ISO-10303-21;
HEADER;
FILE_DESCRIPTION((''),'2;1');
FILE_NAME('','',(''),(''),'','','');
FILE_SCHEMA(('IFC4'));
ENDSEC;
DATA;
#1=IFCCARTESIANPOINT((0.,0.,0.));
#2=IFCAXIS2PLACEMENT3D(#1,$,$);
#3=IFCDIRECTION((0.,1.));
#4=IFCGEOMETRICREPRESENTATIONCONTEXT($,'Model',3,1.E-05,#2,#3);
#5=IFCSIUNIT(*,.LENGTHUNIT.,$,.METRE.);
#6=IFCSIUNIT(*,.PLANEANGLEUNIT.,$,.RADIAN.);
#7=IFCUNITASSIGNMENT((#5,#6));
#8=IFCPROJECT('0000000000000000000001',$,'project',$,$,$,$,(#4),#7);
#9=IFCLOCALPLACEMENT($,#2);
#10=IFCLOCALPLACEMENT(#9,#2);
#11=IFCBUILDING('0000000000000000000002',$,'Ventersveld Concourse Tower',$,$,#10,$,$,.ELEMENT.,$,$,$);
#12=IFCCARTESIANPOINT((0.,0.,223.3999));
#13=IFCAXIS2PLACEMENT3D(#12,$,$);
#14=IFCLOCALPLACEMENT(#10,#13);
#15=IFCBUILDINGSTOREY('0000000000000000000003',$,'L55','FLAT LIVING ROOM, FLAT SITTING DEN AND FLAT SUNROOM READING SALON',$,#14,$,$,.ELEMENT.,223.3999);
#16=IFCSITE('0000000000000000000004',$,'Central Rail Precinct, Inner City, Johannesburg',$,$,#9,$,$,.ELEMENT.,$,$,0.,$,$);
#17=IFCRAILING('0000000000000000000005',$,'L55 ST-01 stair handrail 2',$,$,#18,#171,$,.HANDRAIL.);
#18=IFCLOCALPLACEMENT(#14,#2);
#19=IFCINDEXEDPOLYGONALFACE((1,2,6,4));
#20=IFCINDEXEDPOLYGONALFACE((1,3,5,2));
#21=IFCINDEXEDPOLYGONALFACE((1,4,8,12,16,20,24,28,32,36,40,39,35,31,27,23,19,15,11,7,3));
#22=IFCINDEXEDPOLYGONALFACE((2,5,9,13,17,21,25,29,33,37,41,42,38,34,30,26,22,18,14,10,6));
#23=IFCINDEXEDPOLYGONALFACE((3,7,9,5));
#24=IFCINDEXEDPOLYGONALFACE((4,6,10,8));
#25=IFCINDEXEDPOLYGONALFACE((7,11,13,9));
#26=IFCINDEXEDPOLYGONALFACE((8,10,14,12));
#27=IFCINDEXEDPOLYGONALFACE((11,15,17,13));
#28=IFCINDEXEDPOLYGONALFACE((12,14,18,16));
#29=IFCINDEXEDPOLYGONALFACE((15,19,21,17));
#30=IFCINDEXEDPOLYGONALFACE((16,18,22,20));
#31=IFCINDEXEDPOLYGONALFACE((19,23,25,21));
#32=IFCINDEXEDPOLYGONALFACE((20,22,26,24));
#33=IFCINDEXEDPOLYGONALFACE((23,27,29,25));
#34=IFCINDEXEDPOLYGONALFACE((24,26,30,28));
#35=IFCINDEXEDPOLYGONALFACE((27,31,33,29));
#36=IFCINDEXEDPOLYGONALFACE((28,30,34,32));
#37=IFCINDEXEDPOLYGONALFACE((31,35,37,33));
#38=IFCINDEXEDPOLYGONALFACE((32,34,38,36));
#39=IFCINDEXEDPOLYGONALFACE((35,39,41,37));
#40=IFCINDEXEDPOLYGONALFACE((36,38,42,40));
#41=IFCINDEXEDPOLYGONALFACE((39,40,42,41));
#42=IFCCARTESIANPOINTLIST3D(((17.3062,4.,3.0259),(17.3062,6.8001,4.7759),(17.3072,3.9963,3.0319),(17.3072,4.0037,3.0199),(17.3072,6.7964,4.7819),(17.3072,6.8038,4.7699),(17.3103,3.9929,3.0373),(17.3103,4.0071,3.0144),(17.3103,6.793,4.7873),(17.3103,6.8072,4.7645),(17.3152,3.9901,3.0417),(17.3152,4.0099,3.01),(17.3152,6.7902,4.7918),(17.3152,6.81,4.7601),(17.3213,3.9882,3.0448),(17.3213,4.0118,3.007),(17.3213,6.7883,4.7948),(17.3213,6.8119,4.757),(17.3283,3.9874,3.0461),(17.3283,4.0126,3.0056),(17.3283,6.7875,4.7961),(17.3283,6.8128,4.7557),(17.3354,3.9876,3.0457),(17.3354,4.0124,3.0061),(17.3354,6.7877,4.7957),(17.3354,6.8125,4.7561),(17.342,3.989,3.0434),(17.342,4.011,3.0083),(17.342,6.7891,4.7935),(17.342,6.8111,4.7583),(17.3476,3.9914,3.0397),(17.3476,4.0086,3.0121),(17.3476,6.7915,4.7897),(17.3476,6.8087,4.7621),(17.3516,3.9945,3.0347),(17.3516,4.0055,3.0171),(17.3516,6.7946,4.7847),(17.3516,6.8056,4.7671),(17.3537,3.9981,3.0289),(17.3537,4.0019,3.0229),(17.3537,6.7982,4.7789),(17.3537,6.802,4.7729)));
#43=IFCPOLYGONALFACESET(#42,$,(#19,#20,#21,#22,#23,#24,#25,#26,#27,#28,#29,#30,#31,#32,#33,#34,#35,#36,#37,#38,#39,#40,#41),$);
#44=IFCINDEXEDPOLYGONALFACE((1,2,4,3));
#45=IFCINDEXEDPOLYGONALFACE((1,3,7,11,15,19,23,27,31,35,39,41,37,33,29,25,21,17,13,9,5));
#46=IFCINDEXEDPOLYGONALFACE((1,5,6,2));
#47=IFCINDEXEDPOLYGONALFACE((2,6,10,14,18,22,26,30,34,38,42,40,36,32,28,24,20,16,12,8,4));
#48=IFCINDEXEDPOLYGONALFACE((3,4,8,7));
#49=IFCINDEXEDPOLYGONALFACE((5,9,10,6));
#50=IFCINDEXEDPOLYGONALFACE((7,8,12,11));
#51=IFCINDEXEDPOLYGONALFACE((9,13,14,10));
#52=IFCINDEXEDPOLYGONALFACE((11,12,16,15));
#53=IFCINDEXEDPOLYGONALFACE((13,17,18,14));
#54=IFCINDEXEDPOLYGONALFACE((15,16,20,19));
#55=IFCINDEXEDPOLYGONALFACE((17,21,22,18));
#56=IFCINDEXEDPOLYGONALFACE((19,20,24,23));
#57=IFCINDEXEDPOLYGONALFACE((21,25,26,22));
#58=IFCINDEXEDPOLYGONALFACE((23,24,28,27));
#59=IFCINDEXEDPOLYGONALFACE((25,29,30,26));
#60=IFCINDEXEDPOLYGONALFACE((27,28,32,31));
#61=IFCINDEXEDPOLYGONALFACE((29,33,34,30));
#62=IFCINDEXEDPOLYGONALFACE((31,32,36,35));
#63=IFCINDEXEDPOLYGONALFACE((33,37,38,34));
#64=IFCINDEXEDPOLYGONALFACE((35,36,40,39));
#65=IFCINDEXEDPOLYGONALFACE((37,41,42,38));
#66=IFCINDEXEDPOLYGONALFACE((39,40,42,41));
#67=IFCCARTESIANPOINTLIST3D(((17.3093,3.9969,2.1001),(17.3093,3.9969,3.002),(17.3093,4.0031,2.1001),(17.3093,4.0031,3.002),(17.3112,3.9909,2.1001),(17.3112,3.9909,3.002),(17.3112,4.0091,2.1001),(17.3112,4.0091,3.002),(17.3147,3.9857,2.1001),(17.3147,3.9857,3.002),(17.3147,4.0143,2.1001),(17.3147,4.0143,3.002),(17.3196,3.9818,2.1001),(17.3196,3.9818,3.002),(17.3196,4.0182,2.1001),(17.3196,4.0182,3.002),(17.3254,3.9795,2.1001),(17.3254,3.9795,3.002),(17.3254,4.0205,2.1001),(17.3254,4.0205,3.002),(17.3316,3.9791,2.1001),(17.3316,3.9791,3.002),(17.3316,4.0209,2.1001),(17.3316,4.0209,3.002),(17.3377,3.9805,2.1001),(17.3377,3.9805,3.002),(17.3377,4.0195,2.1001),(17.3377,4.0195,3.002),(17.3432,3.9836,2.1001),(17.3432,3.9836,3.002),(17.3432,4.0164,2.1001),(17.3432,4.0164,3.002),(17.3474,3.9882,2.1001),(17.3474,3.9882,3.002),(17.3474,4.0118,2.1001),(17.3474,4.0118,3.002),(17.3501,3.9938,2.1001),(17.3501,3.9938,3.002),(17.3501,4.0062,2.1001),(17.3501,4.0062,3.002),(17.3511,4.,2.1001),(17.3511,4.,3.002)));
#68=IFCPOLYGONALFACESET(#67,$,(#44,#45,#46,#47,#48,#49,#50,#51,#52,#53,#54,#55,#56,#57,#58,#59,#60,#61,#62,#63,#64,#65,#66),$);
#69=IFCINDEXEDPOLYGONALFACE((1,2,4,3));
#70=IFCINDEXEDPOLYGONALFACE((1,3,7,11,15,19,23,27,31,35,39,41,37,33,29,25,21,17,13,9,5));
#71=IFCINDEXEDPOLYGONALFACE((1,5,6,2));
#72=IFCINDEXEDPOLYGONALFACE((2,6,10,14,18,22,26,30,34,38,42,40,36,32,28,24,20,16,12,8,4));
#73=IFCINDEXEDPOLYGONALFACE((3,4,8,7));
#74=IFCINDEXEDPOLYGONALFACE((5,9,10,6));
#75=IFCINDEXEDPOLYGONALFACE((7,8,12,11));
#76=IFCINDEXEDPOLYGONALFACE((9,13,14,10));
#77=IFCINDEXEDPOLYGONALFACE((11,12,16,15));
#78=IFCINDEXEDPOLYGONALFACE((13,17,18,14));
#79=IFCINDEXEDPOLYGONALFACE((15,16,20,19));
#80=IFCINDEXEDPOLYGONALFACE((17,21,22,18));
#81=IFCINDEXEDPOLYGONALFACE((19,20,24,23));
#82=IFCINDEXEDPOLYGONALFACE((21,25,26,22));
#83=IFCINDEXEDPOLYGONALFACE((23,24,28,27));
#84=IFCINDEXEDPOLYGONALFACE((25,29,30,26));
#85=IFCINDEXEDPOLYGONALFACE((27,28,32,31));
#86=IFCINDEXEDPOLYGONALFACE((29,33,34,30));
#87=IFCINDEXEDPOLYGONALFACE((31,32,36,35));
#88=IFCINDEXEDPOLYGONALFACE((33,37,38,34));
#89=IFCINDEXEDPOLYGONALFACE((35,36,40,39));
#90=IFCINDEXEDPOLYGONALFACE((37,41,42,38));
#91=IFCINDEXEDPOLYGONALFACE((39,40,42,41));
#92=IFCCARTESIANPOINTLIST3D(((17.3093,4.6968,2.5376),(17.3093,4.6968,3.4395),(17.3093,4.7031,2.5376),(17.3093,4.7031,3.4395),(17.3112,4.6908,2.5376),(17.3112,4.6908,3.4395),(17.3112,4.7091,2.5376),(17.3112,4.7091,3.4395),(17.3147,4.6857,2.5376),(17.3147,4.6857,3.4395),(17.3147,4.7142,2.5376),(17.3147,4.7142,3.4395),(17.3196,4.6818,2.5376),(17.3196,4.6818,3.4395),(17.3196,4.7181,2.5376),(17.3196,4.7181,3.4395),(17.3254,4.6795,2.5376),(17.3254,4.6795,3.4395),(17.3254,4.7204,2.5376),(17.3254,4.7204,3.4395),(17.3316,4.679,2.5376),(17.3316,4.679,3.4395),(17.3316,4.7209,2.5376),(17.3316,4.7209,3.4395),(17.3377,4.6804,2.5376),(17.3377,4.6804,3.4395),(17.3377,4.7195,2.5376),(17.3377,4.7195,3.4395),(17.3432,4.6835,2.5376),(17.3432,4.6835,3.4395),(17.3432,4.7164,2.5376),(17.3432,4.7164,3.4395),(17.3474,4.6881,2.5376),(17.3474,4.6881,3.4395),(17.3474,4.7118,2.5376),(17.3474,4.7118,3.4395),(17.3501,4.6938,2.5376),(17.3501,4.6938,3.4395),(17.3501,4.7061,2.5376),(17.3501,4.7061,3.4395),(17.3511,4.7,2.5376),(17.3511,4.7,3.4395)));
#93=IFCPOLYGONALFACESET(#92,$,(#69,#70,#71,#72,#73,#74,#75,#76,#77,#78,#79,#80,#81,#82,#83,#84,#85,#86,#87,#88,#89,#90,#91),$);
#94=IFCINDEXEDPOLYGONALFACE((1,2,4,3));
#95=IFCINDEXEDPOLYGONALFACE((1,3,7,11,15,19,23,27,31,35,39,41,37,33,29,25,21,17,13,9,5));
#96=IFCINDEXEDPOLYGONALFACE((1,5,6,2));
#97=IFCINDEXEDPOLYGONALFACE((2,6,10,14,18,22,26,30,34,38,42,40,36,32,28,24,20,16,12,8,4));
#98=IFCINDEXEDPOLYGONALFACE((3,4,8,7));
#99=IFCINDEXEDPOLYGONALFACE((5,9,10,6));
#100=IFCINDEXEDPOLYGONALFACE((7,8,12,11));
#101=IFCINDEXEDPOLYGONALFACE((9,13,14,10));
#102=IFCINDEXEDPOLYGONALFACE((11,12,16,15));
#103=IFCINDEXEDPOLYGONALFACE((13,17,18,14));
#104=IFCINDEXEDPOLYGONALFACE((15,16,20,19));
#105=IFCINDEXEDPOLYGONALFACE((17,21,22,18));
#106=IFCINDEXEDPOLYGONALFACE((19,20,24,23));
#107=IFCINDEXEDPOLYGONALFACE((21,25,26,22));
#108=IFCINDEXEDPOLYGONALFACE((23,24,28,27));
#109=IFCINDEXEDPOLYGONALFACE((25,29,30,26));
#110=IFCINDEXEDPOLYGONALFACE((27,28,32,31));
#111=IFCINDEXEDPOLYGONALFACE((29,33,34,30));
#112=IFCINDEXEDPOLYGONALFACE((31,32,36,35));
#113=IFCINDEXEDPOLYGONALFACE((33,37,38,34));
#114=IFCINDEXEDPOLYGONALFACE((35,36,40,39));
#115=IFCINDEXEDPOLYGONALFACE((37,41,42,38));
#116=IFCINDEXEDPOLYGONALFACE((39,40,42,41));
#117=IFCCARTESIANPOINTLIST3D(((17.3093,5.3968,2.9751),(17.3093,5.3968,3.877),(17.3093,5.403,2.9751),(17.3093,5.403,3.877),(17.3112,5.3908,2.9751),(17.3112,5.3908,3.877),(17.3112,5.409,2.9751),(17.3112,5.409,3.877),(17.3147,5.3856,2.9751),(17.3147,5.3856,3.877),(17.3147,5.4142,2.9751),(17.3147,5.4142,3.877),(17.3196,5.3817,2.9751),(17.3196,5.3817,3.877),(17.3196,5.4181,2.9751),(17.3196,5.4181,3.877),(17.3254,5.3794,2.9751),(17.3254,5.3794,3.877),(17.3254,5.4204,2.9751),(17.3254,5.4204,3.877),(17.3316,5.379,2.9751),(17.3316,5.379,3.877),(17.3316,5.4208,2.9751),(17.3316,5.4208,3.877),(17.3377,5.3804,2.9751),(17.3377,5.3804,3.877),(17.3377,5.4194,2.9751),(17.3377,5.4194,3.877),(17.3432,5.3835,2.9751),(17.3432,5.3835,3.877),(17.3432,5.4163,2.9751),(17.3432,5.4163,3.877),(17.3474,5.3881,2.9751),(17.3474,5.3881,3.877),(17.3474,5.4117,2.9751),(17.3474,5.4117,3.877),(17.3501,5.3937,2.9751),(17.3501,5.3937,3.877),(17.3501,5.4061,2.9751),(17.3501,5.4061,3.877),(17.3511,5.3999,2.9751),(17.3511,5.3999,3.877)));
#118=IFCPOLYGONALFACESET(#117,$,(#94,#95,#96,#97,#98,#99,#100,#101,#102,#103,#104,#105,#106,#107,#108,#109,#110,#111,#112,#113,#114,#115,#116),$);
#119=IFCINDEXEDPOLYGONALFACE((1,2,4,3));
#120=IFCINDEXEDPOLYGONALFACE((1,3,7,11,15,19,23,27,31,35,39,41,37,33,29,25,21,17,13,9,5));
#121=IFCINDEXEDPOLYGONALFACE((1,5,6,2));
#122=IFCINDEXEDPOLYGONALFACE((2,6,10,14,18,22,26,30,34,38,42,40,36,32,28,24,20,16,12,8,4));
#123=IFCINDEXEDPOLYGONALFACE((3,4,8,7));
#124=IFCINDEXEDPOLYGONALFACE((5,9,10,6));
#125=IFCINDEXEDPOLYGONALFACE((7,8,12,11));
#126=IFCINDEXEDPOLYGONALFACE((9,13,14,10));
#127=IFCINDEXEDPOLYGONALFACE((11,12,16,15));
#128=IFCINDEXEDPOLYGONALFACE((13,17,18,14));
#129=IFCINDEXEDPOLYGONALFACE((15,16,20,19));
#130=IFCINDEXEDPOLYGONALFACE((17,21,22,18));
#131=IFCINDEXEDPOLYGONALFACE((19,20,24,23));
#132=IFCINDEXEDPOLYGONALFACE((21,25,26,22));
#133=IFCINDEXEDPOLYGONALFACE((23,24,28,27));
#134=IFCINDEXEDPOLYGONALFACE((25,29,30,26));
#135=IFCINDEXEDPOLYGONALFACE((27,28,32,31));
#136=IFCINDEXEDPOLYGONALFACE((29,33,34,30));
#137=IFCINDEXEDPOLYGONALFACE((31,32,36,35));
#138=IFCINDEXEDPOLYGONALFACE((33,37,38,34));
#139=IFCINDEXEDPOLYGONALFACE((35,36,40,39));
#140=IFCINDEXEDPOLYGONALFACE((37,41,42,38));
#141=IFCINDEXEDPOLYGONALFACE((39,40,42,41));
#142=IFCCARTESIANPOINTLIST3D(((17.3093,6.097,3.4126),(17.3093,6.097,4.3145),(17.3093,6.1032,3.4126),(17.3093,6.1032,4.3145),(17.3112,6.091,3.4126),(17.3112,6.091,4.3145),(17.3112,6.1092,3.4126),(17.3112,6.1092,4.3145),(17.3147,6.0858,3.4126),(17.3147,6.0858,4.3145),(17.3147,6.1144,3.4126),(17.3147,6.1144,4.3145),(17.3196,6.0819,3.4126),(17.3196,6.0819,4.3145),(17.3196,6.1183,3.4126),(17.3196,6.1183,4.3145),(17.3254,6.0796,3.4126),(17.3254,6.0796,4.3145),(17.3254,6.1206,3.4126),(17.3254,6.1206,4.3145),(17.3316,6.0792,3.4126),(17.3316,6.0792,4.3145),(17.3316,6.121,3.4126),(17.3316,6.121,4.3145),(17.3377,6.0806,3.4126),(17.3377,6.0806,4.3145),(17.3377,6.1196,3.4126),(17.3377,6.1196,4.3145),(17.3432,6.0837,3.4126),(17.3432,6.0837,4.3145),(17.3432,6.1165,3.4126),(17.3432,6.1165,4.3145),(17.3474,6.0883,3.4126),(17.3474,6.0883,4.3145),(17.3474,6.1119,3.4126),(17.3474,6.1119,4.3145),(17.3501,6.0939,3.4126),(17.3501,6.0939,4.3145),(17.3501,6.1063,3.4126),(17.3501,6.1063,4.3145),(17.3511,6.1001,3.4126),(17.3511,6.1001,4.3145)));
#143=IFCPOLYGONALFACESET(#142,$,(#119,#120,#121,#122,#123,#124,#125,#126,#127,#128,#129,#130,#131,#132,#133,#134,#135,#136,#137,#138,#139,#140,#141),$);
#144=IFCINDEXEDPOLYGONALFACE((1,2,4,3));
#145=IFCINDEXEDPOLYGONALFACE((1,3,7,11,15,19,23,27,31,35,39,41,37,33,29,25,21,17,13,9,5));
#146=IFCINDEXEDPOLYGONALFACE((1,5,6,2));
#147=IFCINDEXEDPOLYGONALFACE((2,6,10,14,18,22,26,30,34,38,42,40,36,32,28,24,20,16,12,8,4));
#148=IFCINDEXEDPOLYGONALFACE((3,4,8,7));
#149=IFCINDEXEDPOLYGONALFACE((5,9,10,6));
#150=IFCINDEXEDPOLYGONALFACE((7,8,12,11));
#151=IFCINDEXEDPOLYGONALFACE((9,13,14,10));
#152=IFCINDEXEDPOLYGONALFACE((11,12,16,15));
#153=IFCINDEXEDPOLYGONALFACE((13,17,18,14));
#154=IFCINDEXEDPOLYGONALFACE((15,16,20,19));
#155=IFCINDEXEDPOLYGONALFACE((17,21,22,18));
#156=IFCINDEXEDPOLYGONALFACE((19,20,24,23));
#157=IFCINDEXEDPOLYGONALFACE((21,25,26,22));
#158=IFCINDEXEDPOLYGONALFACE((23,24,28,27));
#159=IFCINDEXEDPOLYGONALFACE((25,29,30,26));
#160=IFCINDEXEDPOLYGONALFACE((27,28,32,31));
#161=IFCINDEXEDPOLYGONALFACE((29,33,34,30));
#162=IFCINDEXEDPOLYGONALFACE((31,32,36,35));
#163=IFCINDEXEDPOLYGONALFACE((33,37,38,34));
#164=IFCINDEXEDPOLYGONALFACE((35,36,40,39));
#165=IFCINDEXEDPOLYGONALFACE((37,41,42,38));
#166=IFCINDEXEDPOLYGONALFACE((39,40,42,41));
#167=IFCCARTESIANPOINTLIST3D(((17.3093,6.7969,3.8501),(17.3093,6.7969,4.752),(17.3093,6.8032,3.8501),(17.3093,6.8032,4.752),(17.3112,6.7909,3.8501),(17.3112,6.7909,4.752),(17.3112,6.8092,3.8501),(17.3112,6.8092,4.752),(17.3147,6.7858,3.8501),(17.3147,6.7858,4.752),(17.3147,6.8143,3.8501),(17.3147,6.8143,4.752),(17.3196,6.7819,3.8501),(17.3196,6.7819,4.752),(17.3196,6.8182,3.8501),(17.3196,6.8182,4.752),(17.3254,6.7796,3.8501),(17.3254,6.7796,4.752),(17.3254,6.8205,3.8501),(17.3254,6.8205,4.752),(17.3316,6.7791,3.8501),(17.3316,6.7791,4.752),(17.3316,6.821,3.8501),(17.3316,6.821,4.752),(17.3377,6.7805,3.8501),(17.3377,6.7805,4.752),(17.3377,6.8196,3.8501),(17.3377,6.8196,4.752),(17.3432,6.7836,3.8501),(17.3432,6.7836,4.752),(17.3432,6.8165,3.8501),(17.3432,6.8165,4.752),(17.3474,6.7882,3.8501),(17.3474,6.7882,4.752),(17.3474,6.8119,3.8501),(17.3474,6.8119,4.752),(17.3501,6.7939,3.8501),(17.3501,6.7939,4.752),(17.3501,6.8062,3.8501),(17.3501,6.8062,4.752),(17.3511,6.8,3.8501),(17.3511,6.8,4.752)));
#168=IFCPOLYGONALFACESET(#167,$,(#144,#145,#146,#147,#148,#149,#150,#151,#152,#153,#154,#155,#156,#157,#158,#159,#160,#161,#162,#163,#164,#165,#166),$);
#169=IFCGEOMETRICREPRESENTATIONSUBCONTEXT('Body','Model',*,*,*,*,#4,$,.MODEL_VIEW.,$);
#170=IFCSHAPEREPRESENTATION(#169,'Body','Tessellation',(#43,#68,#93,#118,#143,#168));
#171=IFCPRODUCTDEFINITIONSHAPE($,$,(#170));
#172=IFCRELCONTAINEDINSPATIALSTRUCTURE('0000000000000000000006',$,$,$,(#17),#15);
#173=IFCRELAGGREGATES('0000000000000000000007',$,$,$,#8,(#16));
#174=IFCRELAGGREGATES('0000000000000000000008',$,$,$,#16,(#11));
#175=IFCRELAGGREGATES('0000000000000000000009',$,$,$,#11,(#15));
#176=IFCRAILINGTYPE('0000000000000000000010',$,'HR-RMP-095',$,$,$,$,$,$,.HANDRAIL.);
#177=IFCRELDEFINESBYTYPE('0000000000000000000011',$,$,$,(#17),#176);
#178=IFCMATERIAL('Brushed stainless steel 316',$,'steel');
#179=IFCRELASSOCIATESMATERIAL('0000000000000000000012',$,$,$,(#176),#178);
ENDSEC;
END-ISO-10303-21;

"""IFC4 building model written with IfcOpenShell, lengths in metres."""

from ifc_helpers import new_model, si_unit, direction, frame, origin, origin_2d, place, context, subcontext, project, spatial, circle, extrude, material, type_object, element, save


model = new_model("IFC4")

# Units and contexts
model_context = context("Model", 3, precision=1e-05, world=origin(), true_north=direction((0.0, 1.0)))
body_context = subcontext(model_context, "Body", "Model", "MODEL_VIEW")
ifc_project = project(units=[si_unit("LENGTHUNIT", "METRE"), si_unit("PLANEANGLEUNIT", "RADIAN")], contexts=[model_context])

# Site, building, storey
site_placement = place(None, origin())
site = spatial("IfcSite", under=ifc_project, at=site_placement, Name="Central Rail Precinct, Inner City, Johannesburg", CompositionType="ELEMENT", RefElevation=0.0)
building_placement = place(site_placement, origin())
building = spatial("IfcBuilding", under=site, at=building_placement, Name="Ventersveld Concourse Tower", CompositionType="ELEMENT")
storey_placement = place(building_placement, frame((0.0, 0.0, 223.3999)))
storey = spatial("IfcBuildingStorey", under=building, at=storey_placement, Name="L55", Description="FLAT LIVING ROOM, FLAT SITTING DEN AND FLAT SUNROOM READING SALON", CompositionType="ELEMENT", Elevation=223.3999)

# Shared definitions
ifc_material_1 = material(Name="Brushed stainless steel 316", Category="steel")

# Railing
railing_type_1 = type_object("IfcRailingType", Name="HR-RMP-095", PredefinedType="HANDRAIL", material=ifc_material_1)
railing_1_placement = place(storey_placement, frame((17.3301, 4.0, 2.1001)))
element("IfcRailing", 1, at=railing_1_placement, inside=storey, type_object=railing_type_1, Name="L55 ST-01 stair handrail 2", PredefinedType="HANDRAIL", context=body_context, shape_type="SweptSolid", body=[
    extrude(circle(Radius=0.0239, at=origin_2d()), frame((0.0, 0.0, 0.9258), z_axis=(0.0, 0.848002, 0.529992), x_axis=(-1.0, 0.0, 0.0)), (0.0, 0.0, 1.0), 3.302),
    extrude(circle(Radius=0.021, at=origin_2d()), origin(), (0.0, 0.0, 1.0), 0.9019),
    extrude(circle(Radius=0.021, at=origin_2d()), frame((0.0, 0.7, 0.4375)), (0.0, 0.0, 1.0), 0.9019),
    extrude(circle(Radius=0.021, at=origin_2d()), frame((0.0, 1.3999, 0.875)), (0.0, 0.0, 1.0), 0.9019),
    extrude(circle(Radius=0.021, at=origin_2d()), frame((0.0, 2.1001, 1.3125)), (0.0, 0.0, 1.0), 0.9019),
    extrude(circle(Radius=0.021, at=origin_2d()), frame((0.0, 2.8, 1.75)), (0.0, 0.0, 1.0), 0.9019),
])

save(model, "model.ifc")
